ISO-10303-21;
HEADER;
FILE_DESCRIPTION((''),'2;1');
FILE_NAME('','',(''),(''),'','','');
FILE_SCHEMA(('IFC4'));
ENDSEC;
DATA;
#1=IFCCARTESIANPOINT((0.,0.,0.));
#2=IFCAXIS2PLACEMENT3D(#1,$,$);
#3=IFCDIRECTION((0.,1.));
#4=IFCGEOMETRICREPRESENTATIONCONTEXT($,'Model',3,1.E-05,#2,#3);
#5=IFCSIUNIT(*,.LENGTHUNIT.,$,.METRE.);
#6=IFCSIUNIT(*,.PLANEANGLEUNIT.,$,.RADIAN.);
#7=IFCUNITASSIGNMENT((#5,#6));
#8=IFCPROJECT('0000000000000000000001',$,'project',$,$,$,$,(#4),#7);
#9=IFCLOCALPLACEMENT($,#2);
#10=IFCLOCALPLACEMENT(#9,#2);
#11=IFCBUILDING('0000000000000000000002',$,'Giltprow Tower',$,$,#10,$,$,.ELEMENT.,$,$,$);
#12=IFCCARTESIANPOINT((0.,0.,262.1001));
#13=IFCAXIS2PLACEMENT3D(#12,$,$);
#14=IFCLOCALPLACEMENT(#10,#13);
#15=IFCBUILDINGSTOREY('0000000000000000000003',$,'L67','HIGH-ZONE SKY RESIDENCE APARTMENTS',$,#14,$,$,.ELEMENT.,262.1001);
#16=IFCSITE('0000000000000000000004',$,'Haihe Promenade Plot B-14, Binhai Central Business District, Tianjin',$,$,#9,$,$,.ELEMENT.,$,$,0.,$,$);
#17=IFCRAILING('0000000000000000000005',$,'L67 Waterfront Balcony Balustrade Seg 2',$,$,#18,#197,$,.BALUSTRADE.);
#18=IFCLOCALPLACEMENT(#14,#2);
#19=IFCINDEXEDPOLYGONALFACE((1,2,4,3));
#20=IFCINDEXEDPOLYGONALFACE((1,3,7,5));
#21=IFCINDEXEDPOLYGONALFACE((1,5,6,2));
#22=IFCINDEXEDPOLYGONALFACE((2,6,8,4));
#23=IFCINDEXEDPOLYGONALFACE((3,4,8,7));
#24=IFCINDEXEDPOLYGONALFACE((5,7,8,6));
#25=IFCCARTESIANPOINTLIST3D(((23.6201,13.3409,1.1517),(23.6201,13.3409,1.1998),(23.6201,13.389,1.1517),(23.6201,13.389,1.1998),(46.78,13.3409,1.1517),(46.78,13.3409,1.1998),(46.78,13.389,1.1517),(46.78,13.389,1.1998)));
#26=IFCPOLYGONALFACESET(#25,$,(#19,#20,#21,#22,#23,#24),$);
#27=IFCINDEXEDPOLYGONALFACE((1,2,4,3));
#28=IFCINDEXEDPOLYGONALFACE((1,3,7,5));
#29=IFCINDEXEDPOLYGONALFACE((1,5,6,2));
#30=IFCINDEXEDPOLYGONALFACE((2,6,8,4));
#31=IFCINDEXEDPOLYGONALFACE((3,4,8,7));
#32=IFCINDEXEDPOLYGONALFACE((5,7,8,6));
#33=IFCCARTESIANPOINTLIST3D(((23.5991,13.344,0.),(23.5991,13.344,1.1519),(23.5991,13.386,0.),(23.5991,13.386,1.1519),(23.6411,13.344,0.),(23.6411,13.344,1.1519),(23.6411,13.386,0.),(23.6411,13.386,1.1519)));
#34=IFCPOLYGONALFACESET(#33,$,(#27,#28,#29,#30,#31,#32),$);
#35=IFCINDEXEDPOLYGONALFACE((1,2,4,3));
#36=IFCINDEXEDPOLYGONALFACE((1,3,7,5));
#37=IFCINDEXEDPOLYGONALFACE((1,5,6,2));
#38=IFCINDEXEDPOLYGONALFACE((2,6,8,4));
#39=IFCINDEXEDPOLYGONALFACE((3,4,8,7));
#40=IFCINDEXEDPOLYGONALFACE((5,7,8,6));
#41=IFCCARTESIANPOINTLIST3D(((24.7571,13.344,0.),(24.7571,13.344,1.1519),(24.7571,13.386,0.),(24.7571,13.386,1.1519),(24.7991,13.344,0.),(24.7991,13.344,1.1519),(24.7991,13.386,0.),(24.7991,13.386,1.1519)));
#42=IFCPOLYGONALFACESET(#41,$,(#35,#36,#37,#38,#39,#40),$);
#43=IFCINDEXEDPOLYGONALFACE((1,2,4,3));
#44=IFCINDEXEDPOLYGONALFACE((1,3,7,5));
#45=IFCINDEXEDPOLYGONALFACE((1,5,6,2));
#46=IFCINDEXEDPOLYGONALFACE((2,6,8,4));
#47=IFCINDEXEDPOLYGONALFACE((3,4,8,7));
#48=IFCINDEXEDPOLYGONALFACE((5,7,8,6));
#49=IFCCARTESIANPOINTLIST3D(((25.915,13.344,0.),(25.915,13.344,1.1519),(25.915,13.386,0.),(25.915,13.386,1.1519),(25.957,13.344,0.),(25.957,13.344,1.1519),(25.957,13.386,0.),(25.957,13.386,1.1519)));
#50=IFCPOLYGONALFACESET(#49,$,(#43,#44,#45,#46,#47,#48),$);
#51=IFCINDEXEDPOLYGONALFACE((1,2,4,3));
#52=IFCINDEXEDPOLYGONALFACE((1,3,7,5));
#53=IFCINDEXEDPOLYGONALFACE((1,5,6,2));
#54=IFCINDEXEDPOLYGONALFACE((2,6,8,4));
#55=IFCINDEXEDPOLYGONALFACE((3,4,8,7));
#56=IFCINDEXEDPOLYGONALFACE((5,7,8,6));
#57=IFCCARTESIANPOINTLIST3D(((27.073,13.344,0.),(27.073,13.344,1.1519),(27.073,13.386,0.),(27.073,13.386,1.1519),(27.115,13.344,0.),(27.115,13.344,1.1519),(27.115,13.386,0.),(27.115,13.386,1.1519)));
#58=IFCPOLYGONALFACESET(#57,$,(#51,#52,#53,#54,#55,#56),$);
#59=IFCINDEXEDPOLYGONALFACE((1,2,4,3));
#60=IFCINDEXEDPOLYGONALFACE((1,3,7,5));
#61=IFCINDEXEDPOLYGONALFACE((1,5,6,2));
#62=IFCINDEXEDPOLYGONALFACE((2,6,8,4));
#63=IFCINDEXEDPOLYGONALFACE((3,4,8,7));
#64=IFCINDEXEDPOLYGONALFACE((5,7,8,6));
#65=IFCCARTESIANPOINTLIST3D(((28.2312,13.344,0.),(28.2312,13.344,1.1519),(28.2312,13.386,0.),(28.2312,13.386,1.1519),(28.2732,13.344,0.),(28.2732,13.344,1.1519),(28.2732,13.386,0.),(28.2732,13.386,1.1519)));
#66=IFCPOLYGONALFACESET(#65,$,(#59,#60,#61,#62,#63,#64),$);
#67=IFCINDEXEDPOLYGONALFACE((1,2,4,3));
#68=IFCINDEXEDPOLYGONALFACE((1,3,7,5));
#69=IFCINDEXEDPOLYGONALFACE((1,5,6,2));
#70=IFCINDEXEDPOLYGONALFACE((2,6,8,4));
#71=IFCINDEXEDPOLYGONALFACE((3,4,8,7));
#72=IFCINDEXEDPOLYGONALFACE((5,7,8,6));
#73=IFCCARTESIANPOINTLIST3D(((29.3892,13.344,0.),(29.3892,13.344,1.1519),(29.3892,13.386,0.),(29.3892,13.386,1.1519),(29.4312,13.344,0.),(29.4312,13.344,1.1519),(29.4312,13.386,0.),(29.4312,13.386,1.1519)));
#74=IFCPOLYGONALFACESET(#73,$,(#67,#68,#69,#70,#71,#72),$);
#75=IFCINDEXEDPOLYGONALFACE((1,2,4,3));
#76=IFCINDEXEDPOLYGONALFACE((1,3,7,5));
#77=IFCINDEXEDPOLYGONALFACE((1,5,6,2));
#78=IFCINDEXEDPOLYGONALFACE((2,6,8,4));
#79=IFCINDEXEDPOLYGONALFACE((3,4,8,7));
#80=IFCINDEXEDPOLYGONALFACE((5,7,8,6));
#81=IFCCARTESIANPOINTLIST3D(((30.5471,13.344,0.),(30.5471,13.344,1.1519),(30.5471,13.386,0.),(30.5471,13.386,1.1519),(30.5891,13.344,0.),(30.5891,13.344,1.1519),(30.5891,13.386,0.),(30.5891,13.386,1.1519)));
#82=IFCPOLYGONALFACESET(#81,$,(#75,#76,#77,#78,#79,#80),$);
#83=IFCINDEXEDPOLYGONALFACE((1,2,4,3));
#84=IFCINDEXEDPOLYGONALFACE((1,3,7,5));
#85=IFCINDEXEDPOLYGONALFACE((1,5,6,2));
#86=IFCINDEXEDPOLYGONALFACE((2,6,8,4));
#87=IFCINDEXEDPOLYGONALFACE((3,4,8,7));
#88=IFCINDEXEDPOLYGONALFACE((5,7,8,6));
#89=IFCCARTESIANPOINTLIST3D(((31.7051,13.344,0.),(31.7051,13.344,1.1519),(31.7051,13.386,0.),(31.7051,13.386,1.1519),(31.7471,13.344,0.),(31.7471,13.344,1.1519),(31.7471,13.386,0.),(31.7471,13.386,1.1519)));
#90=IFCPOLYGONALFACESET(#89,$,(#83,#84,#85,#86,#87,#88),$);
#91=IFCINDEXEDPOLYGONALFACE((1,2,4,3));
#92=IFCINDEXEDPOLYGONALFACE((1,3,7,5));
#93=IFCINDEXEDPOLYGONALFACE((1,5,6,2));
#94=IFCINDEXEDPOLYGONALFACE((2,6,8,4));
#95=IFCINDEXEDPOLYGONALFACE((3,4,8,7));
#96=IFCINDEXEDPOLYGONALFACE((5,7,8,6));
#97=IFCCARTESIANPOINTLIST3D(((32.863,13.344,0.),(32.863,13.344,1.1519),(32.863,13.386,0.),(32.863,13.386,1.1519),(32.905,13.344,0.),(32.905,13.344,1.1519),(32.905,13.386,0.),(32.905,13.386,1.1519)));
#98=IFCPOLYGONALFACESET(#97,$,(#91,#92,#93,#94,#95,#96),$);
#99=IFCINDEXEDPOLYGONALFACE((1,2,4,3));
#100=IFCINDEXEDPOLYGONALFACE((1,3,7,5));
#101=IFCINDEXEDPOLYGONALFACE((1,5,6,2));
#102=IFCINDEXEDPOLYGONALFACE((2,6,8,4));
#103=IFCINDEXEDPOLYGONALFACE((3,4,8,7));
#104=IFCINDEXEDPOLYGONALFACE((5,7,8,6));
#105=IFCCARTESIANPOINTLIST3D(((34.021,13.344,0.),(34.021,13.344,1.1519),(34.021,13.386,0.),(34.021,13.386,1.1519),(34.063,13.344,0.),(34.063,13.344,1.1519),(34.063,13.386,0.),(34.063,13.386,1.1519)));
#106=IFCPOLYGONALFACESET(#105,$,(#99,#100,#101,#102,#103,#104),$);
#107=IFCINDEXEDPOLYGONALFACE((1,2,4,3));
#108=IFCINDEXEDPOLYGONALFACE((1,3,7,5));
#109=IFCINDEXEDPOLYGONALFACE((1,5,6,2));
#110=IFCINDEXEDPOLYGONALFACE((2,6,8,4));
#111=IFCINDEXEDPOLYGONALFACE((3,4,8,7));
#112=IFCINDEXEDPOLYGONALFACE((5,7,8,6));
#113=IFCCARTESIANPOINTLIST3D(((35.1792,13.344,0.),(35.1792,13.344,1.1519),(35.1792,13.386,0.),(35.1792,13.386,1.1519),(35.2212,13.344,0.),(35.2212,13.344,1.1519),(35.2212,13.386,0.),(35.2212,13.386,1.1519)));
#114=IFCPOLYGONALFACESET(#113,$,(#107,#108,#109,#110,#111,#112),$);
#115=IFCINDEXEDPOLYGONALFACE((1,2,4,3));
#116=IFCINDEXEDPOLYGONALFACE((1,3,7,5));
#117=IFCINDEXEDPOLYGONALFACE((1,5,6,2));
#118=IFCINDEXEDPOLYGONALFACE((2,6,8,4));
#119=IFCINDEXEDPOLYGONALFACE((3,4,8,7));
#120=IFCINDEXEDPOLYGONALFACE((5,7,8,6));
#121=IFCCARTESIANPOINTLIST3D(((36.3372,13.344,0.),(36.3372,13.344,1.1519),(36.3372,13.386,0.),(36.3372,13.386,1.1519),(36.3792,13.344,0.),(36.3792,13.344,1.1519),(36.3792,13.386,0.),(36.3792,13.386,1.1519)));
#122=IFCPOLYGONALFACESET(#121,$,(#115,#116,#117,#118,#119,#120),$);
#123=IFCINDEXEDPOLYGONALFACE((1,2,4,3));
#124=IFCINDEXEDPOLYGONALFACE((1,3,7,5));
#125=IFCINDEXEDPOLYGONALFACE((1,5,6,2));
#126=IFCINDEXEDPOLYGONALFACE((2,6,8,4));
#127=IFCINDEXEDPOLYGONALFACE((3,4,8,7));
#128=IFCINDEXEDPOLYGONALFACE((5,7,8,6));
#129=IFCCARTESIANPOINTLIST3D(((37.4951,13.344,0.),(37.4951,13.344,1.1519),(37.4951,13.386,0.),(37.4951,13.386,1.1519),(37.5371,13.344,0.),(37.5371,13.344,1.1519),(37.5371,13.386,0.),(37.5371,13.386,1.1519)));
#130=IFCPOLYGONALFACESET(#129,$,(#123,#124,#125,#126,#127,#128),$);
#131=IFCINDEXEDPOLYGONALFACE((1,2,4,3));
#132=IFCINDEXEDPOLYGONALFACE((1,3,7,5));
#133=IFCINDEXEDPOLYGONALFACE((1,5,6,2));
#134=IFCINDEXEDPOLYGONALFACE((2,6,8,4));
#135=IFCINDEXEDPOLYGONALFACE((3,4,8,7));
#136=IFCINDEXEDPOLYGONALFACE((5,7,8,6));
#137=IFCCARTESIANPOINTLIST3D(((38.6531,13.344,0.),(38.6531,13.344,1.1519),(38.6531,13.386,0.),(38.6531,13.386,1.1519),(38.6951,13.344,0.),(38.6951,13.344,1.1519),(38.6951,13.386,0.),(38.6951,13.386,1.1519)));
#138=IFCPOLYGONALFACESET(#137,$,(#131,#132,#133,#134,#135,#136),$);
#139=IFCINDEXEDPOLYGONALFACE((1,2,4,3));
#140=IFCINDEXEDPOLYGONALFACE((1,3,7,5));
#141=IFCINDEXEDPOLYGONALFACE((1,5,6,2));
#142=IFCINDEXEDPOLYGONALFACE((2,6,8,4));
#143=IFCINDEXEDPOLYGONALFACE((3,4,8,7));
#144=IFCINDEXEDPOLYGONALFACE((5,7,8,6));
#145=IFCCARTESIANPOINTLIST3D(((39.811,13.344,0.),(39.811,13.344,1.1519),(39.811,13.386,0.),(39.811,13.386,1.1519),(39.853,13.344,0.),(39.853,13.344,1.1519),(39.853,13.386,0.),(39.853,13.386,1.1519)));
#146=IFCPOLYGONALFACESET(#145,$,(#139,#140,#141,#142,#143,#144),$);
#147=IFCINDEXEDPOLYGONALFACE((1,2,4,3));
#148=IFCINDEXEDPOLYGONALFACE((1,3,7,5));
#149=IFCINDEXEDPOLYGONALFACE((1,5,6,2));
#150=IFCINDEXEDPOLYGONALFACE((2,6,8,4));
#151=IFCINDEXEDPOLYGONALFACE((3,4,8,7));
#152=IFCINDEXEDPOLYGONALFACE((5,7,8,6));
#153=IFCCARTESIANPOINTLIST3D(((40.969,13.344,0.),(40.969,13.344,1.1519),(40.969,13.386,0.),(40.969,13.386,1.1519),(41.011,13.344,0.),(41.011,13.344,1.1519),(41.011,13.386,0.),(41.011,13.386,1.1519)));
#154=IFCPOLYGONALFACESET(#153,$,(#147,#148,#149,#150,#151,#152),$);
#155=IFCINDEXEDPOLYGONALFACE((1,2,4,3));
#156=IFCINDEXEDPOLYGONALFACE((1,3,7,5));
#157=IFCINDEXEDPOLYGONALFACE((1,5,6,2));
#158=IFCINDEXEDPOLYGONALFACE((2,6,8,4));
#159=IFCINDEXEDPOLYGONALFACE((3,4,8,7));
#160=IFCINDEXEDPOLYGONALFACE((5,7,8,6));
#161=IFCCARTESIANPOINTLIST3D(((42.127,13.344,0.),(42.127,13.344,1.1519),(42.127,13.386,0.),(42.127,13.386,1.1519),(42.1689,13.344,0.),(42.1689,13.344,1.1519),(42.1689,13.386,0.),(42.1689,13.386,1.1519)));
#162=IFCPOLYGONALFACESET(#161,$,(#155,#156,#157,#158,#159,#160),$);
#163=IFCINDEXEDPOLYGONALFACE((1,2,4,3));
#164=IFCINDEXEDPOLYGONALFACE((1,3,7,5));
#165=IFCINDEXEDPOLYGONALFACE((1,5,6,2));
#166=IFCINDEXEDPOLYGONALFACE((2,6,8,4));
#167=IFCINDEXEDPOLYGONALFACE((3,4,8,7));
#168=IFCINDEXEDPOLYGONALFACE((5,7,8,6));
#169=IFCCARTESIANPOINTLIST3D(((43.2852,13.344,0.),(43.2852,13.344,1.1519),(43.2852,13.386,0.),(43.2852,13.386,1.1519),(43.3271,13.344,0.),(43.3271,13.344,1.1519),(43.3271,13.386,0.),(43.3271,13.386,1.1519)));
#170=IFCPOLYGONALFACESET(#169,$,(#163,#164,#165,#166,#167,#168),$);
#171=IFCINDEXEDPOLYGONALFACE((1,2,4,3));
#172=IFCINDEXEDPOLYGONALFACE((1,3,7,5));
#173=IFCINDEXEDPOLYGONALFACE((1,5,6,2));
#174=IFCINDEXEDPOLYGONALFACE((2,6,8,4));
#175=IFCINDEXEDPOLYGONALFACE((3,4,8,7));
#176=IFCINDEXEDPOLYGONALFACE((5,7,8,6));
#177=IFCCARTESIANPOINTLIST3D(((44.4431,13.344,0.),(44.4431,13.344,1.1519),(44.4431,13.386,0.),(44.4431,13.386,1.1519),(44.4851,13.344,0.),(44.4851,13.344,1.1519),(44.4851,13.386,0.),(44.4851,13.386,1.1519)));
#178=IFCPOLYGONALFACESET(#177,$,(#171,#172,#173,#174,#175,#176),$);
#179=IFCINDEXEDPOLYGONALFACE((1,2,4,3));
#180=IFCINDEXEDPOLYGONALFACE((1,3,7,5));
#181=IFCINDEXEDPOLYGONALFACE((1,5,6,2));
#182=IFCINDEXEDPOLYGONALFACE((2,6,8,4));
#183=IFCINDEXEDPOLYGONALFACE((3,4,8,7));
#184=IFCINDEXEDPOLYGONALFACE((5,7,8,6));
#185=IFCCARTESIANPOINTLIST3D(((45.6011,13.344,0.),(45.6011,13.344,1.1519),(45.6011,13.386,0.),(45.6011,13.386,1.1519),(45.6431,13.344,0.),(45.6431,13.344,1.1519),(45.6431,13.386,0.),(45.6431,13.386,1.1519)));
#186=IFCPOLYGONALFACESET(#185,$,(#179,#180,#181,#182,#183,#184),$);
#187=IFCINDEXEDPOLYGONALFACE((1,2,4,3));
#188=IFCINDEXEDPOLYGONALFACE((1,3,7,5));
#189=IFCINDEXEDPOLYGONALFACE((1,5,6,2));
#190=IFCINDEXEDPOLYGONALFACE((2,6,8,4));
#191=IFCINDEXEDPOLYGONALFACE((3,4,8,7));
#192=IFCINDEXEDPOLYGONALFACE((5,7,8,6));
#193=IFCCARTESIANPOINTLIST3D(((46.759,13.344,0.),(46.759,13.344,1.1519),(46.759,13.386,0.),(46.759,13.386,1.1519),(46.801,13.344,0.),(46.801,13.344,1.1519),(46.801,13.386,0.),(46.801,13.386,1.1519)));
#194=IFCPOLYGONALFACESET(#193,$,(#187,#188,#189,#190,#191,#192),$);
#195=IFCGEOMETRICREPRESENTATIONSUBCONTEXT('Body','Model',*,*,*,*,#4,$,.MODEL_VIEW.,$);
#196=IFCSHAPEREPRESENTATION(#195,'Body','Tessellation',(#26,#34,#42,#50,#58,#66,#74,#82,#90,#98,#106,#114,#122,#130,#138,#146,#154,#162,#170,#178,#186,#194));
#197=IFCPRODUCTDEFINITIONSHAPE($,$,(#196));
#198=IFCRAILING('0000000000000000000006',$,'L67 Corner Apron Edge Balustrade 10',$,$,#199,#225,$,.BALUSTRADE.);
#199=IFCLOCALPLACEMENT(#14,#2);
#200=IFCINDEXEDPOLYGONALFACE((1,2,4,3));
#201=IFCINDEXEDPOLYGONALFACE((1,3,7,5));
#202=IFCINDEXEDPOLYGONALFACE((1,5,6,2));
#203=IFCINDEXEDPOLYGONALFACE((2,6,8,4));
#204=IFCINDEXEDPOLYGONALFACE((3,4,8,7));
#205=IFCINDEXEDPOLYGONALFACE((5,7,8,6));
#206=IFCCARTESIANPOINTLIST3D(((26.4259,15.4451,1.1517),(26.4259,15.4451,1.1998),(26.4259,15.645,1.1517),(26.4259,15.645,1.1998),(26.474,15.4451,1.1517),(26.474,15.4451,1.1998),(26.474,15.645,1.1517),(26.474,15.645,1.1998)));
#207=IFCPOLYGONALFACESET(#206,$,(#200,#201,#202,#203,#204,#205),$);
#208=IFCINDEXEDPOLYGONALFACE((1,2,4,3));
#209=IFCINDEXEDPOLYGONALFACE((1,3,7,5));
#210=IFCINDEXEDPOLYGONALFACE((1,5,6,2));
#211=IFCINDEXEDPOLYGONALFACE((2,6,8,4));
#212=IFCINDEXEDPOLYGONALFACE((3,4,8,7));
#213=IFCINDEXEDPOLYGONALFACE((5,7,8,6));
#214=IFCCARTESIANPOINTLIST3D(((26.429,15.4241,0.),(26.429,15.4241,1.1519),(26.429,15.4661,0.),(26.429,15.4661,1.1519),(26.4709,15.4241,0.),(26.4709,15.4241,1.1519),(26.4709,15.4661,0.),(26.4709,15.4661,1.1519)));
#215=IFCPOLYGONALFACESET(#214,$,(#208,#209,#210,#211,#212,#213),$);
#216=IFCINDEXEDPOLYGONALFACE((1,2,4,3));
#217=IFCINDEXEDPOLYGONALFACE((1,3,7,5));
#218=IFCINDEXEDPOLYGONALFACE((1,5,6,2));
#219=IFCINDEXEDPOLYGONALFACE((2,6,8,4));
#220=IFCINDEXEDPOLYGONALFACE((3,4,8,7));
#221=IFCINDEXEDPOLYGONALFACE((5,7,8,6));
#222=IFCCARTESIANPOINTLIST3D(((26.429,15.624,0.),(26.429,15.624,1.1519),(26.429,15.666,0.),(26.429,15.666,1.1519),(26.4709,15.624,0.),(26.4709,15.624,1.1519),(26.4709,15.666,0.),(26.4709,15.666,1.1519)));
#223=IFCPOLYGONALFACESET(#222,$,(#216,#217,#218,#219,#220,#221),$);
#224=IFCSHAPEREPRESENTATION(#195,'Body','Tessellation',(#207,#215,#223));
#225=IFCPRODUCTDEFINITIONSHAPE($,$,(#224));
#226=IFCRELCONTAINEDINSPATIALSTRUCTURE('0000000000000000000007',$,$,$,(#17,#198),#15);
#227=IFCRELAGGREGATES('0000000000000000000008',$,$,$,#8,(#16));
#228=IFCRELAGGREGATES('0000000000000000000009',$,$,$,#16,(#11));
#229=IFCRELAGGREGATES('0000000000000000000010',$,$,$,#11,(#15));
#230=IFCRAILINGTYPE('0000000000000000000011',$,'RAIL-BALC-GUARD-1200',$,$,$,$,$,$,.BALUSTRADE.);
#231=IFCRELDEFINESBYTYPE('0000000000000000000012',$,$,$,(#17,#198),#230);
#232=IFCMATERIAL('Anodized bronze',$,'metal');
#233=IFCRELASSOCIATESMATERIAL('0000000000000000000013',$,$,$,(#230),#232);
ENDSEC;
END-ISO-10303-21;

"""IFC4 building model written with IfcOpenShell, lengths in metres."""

from ifc_helpers import new_model, si_unit, direction, frame, origin, origin_2d, place, context, subcontext, project, spatial, rectangle, extrude, material, type_object, element, save


model = new_model("IFC4")

# Units and contexts
model_context = context("Model", 3, precision=1e-05, world=origin(), true_north=direction((0.0, 1.0)))
body_context = subcontext(model_context, "Body", "Model", "MODEL_VIEW")
ifc_project = project(units=[si_unit("LENGTHUNIT", "METRE"), si_unit("PLANEANGLEUNIT", "RADIAN")], contexts=[model_context])

# Site, building, storey
site_placement = place(None, origin())
site = spatial("IfcSite", under=ifc_project, at=site_placement, Name="Haihe Promenade Plot B-14, Binhai Central Business District, Tianjin", CompositionType="ELEMENT", RefElevation=0.0)
building_placement = place(site_placement, origin())
building = spatial("IfcBuilding", under=site, at=building_placement, Name="Giltprow Tower", CompositionType="ELEMENT")
storey_placement = place(building_placement, frame((0.0, 0.0, 262.1001)))
storey = spatial("IfcBuildingStorey", under=building, at=storey_placement, Name="L67", Description="HIGH-ZONE SKY RESIDENCE APARTMENTS", CompositionType="ELEMENT", Elevation=262.1001)

# Shared definitions
ifc_material_1 = material(Name="Anodized bronze", Category="metal")

# Railings
railing_type = type_object("IfcRailingType", Name="RAIL-BALC-GUARD-1200", PredefinedType="BALUSTRADE", material=ifc_material_1)
railing_1_placement = place(storey_placement, frame((23.6201, 13.365, 0.0)))
element("IfcRailing", 1, at=railing_1_placement, inside=storey, type_object=railing_type, Name="L67 Waterfront Balcony Balustrade Seg 2", PredefinedType="BALUSTRADE", context=body_context, shape_type="SweptSolid", body=[
    extrude(rectangle(XDim=0.0481, YDim=0.0481, at=origin_2d()), frame((0.0, 0.0, 1.1758), z_axis=(1.0, 0.0, 0.0), x_axis=(0.0, 1.0, 0.0)), (0.0, 0.0, 1.0), 23.1599),
    extrude(rectangle(XDim=0.042, YDim=0.042, at=origin_2d()), origin(), (0.0, 0.0, 1.0), 1.1519),
    extrude(rectangle(XDim=0.042, YDim=0.042, at=origin_2d()), frame((1.158, 0.0, 0.0)), (0.0, 0.0, 1.0), 1.1519),
    extrude(rectangle(XDim=0.042, YDim=0.042, at=origin_2d()), frame((2.3159, 0.0, 0.0)), (0.0, 0.0, 1.0), 1.1519),
    extrude(rectangle(XDim=0.042, YDim=0.042, at=origin_2d()), frame((3.4739, 0.0, 0.0)), (0.0, 0.0, 1.0), 1.1519),
    extrude(rectangle(XDim=0.042, YDim=0.042, at=origin_2d()), frame((4.6321, 0.0, 0.0)), (0.0, 0.0, 1.0), 1.1519),
    extrude(rectangle(XDim=0.042, YDim=0.042, at=origin_2d()), frame((5.79, 0.0, 0.0)), (0.0, 0.0, 1.0), 1.1519),
    extrude(rectangle(XDim=0.042, YDim=0.042, at=origin_2d()), frame((6.948, 0.0, 0.0)), (0.0, 0.0, 1.0), 1.1519),
    extrude(rectangle(XDim=0.042, YDim=0.042, at=origin_2d()), frame((8.106, 0.0, 0.0)), (0.0, 0.0, 1.0), 1.1519),
    extrude(rectangle(XDim=0.042, YDim=0.042, at=origin_2d()), frame((9.2639, 0.0, 0.0)), (0.0, 0.0, 1.0), 1.1519),
    extrude(rectangle(XDim=0.042, YDim=0.042, at=origin_2d()), frame((10.4219, 0.0, 0.0)), (0.0, 0.0, 1.0), 1.1519),
    extrude(rectangle(XDim=0.042, YDim=0.042, at=origin_2d()), frame((11.5801, 0.0, 0.0)), (0.0, 0.0, 1.0), 1.1519),
    extrude(rectangle(XDim=0.042, YDim=0.042, at=origin_2d()), frame((12.738, 0.0, 0.0)), (0.0, 0.0, 1.0), 1.1519),
    extrude(rectangle(XDim=0.042, YDim=0.042, at=origin_2d()), frame((13.896, 0.0, 0.0)), (0.0, 0.0, 1.0), 1.1519),
    extrude(rectangle(XDim=0.042, YDim=0.042, at=origin_2d()), frame((15.054, 0.0, 0.0)), (0.0, 0.0, 1.0), 1.1519),
    extrude(rectangle(XDim=0.042, YDim=0.042, at=origin_2d()), frame((16.2119, 0.0, 0.0)), (0.0, 0.0, 1.0), 1.1519),
    extrude(rectangle(XDim=0.042, YDim=0.042, at=origin_2d()), frame((17.3699, 0.0, 0.0)), (0.0, 0.0, 1.0), 1.1519),
    extrude(rectangle(XDim=0.042, YDim=0.042, at=origin_2d()), frame((18.5278, 0.0, 0.0)), (0.0, 0.0, 1.0), 1.1519),
    extrude(rectangle(XDim=0.042, YDim=0.042, at=origin_2d()), frame((19.686, 0.0, 0.0)), (0.0, 0.0, 1.0), 1.1519),
    extrude(rectangle(XDim=0.042, YDim=0.042, at=origin_2d()), frame((20.844, 0.0, 0.0)), (0.0, 0.0, 1.0), 1.1519),
    extrude(rectangle(XDim=0.042, YDim=0.042, at=origin_2d()), frame((22.002, 0.0, 0.0)), (0.0, 0.0, 1.0), 1.1519),
    extrude(rectangle(XDim=0.042, YDim=0.042, at=origin_2d()), frame((23.1599, 0.0, 0.0)), (0.0, 0.0, 1.0), 1.1519),
])
railing_2_placement = place(storey_placement, frame((26.45, 15.4451, 0.0)))
element("IfcRailing", 2, at=railing_2_placement, inside=storey, type_object=railing_type, Name="L67 Corner Apron Edge Balustrade 10", PredefinedType="BALUSTRADE", context=body_context, shape_type="SweptSolid", body=[
    extrude(rectangle(XDim=0.0481, YDim=0.0481, at=origin_2d()), frame((0.0, 0.0, 1.1758), z_axis=(0.0, 1.0, 0.0), x_axis=(-1.0, 0.0, 0.0)), (0.0, 0.0, 1.0), 0.2),
    extrude(rectangle(XDim=0.042, YDim=0.042, at=origin_2d()), origin(), (0.0, 0.0, 1.0), 1.1519),
    extrude(rectangle(XDim=0.042, YDim=0.042, at=origin_2d()), frame((0.0, 0.2, 0.0)), (0.0, 0.0, 1.0), 1.1519),
])

save(model, "model.ifc")
